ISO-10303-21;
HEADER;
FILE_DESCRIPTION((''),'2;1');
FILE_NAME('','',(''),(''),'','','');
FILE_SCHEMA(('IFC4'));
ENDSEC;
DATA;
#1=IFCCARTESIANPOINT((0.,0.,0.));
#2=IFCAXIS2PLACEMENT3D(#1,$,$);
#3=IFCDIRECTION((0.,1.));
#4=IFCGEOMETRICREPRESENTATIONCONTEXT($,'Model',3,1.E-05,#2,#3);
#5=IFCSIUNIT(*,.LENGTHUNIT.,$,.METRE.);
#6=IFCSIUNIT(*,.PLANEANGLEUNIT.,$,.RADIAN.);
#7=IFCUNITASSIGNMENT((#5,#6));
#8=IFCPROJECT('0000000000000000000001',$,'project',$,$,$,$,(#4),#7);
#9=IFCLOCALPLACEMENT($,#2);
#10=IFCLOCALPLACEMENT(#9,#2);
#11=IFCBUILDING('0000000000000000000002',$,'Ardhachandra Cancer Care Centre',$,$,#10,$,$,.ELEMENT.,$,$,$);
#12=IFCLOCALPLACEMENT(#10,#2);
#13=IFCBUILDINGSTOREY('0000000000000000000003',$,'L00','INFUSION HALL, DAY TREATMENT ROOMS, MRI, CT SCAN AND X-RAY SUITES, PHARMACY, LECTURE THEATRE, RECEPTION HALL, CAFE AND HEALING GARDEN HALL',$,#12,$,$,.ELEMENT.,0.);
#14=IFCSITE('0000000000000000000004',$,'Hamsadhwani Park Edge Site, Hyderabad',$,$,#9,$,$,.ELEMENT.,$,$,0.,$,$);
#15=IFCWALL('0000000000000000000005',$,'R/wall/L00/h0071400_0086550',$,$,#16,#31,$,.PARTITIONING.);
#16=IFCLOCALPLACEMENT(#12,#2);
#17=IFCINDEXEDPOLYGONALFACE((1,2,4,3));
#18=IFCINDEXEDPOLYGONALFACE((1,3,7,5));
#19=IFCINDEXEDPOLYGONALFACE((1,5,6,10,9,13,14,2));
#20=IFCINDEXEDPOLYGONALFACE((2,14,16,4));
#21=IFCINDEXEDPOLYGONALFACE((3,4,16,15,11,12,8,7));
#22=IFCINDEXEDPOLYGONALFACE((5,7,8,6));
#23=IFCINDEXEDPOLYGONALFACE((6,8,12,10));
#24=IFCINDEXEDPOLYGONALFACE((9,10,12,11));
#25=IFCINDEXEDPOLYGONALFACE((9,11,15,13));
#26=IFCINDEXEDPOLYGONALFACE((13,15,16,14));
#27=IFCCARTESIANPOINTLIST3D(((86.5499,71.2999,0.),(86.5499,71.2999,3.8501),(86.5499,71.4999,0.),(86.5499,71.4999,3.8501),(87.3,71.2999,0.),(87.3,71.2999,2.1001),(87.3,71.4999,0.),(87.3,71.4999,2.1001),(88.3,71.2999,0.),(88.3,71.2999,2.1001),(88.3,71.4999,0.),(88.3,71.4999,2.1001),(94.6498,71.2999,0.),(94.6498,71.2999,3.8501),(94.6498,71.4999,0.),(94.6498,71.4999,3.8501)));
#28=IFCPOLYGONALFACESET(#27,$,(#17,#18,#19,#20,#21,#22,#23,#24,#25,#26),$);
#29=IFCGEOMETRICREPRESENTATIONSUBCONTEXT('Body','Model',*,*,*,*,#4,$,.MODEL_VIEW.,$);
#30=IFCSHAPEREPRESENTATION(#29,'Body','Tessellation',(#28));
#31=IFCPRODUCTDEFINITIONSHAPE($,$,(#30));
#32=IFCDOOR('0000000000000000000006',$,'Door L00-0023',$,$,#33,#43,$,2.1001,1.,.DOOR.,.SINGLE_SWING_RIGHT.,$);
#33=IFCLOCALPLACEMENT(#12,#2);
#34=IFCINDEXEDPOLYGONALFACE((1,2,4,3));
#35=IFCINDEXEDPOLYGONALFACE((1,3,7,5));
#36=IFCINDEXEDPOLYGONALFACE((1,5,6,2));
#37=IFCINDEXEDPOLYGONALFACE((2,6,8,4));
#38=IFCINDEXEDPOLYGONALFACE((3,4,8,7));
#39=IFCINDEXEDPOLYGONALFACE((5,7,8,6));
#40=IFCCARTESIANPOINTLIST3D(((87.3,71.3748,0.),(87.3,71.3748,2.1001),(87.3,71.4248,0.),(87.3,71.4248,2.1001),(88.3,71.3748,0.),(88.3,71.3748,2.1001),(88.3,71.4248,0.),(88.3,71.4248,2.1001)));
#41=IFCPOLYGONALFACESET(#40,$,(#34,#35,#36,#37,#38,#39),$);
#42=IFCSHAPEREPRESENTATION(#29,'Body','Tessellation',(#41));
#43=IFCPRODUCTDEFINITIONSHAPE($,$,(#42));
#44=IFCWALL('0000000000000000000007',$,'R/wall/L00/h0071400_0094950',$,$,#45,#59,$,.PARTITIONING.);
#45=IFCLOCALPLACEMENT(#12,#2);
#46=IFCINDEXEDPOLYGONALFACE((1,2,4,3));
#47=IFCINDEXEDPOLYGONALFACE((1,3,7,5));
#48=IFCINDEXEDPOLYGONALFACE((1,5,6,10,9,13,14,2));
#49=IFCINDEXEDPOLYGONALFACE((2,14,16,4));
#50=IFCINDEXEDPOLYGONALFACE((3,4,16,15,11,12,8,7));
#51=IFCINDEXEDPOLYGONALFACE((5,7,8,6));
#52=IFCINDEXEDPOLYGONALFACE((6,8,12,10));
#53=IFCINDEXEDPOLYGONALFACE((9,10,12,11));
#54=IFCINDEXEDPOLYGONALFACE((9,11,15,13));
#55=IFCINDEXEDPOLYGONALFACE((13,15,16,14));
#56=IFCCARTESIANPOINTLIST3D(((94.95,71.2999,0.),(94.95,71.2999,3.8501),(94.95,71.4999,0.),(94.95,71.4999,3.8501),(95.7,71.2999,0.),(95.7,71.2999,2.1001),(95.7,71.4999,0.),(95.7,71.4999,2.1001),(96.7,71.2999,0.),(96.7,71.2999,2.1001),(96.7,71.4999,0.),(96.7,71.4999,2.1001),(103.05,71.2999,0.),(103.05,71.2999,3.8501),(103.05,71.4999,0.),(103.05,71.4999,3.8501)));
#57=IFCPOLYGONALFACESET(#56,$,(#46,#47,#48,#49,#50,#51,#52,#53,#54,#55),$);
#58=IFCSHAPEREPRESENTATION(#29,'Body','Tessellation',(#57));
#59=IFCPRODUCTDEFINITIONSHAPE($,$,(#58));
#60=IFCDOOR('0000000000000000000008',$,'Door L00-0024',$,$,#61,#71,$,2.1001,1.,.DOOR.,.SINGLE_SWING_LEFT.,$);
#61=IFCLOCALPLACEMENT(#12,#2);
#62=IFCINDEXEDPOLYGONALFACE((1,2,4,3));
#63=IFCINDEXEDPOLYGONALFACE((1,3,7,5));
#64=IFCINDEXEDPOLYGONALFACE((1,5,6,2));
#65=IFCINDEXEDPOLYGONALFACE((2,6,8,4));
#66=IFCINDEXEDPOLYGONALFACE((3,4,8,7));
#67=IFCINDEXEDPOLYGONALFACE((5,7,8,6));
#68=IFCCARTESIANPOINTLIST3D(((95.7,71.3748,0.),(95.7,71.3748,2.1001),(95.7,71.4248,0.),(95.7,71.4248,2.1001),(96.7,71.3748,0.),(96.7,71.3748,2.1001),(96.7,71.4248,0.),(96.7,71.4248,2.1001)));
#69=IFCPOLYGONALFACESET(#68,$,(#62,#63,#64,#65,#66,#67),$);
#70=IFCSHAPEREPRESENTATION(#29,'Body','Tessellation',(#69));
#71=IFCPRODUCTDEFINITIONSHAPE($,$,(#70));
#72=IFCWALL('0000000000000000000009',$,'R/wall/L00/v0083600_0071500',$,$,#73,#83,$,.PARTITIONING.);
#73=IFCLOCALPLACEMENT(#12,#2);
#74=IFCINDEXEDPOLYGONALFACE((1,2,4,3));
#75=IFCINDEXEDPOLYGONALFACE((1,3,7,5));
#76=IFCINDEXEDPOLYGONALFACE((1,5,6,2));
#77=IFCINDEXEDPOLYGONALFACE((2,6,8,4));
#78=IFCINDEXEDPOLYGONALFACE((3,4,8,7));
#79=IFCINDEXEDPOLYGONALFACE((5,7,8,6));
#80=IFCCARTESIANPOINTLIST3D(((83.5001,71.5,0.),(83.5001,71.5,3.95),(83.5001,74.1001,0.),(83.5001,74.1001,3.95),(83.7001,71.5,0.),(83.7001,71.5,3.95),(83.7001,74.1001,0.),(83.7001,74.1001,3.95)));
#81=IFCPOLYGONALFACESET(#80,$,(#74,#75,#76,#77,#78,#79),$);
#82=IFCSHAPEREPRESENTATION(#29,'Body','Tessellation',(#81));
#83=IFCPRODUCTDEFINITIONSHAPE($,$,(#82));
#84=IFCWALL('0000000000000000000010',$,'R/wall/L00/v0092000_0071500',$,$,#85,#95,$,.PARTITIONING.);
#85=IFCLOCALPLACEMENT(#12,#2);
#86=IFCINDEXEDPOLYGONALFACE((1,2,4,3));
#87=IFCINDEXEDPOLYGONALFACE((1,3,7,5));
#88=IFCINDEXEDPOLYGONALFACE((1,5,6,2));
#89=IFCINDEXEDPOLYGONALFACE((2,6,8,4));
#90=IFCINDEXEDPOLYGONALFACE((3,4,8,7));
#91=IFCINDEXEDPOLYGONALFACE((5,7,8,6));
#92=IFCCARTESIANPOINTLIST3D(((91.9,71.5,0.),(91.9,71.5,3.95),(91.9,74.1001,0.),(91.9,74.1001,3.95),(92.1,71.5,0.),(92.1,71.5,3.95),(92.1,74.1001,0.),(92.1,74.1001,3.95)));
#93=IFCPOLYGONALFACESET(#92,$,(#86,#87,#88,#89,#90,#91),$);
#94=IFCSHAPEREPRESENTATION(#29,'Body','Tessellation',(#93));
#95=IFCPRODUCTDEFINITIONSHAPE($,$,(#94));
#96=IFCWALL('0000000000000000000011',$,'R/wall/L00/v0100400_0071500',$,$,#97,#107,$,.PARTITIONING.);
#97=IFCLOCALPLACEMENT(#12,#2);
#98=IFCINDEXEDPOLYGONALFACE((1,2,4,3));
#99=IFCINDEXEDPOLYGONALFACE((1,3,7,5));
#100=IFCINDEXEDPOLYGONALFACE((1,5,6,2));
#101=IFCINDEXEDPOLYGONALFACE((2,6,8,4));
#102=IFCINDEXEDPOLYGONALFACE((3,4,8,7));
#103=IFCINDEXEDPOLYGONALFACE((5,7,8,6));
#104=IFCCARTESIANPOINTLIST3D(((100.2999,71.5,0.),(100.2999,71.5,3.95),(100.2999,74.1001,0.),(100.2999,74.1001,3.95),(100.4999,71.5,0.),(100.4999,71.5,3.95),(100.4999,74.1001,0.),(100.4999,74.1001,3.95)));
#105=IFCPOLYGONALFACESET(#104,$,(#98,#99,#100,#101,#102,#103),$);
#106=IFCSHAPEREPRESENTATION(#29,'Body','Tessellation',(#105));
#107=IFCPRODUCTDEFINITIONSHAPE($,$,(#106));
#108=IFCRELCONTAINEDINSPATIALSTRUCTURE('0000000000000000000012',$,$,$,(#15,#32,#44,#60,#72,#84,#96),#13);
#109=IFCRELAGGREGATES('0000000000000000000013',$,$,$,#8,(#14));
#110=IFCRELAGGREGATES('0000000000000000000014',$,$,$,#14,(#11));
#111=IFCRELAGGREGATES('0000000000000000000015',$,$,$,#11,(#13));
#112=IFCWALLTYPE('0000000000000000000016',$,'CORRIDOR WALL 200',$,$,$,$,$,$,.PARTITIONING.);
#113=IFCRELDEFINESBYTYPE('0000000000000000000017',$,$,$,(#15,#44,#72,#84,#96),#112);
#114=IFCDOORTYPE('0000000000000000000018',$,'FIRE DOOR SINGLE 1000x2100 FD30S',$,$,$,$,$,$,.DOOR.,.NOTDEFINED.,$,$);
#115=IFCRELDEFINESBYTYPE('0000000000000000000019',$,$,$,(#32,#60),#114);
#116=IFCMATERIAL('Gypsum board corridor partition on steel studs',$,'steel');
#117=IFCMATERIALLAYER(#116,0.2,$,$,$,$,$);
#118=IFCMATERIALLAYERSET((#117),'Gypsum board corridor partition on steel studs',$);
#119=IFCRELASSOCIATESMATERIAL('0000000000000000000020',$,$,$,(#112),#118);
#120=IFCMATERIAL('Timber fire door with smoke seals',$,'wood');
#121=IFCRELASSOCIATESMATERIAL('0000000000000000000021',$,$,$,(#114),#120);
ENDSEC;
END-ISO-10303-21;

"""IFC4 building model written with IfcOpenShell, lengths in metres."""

from ifc_helpers import new_model, si_unit, direction, frame, frame_2d, origin, place, context, subcontext, project, spatial, rectangle, extrude, material, layer, layer_set, type_object, element, fill, save


model = new_model("IFC4")

# Units and contexts
model_context = context("Model", 3, precision=1e-05, world=origin(), true_north=direction((0.0, 1.0)))
body_context = subcontext(model_context, "Body", "Model", "MODEL_VIEW")
ifc_project = project(units=[si_unit("LENGTHUNIT", "METRE"), si_unit("PLANEANGLEUNIT", "RADIAN")], contexts=[model_context])

# Site, building, storey
site_placement = place(None, origin())
site = spatial("IfcSite", under=ifc_project, at=site_placement, Name="Hamsadhwani Park Edge Site, Hyderabad", CompositionType="ELEMENT", RefElevation=0.0)
building_placement = place(site_placement, origin())
building = spatial("IfcBuilding", under=site, at=building_placement, Name="Ardhachandra Cancer Care Centre", CompositionType="ELEMENT")
storey_placement = place(building_placement, origin())
storey = spatial("IfcBuildingStorey", under=building, at=storey_placement, Name="L00", Description="INFUSION HALL, DAY TREATMENT ROOMS, MRI, CT SCAN AND X-RAY SUITES, PHARMACY, LECTURE THEATRE, RECEPTION HALL, CAFE AND HEALING GARDEN HALL", CompositionType="ELEMENT", Elevation=0.0)

# Walls, openings, doors
ifc_material_1 = material(Name="Gypsum board corridor partition on steel studs", Category="steel")
ifc_layer = layer(ifc_material_1, 0.2)
ifc_layer_set = layer_set([ifc_layer], Name="Gypsum board corridor partition on steel studs")
wall_type = type_object("IfcWallType", Name="CORRIDOR WALL 200", PredefinedType="PARTITIONING", material=ifc_layer_set)
wall_1_placement = place(storey_placement, frame((86.55, 71.3999, 0.0), z_axis=(0.0, 0.0, 1.0), x_axis=(1.0, 0.0, 0.0)))
wall_1 = element("IfcWall", 1, at=wall_1_placement, inside=storey, type_object=wall_type, Name="R/wall/L00/h0071400_0086550", PredefinedType="PARTITIONING", context=body_context, shape_type="SweptSolid", body=[
    extrude(rectangle(XDim=8.0999, YDim=0.2, at=frame_2d((4.0498, 0.0))), origin(), (0.0, 0.0, 1.0), 3.8501),
])
opening_1_placement = place(wall_1_placement, frame((0.75, 0.0, 0.0)))
opening_1 = element("IfcOpeningElement", 2, at=opening_1_placement, cuts=wall_1, PredefinedType="OPENING", context=body_context, shape_type="SweptSolid", body=[
    extrude(rectangle(XDim=1.0, YDim=2.1001, at=frame_2d((0.5, 1.05))), frame((0.0, 0.1099, 0.0), z_axis=(0.0, -1.0, 0.0), x_axis=(1.0, 0.0, 0.0)), (0.0, 0.0, 1.0), 0.22),
])
ifc_material_2 = material(Name="Timber fire door with smoke seals", Category="wood")
door_type = type_object("IfcDoorType", Name="FIRE DOOR SINGLE 1000x2100 FD30S", OperationType="NOTDEFINED", PredefinedType="DOOR", material=ifc_material_2)
door_1_placement = place(opening_1_placement, origin())
door_1 = element("IfcDoor", 3, at=door_1_placement, inside=storey, type_object=door_type, Name="Door L00-0023", OperationType="SINGLE_SWING_RIGHT", OverallHeight=2.1001, OverallWidth=1.0, PredefinedType="DOOR", context=body_context, shape_type="SweptSolid", body=[
    extrude(rectangle(XDim=1.0, YDim=2.1001, at=frame_2d((0.5, 1.05))), frame((0.0, 0.0249, 0.0), z_axis=(0.0, -1.0, 0.0), x_axis=(1.0, 0.0, 0.0)), (0.0, 0.0, 1.0), 0.05),
])
fill(opening_1, door_1)
wall_2_placement = place(storey_placement, frame((94.95, 71.3999, 0.0), z_axis=(0.0, 0.0, 1.0), x_axis=(1.0, 0.0, 0.0)))
wall_2 = element("IfcWall", 4, at=wall_2_placement, inside=storey, type_object=wall_type, Name="R/wall/L00/h0071400_0094950", PredefinedType="PARTITIONING", context=body_context, shape_type="SweptSolid", body=[
    extrude(rectangle(XDim=8.1001, YDim=0.2, at=frame_2d((4.05, 0.0))), origin(), (0.0, 0.0, 1.0), 3.8501),
])
opening_2_placement = place(wall_2_placement, frame((0.75, 0.0, 0.0)))
opening_2 = element("IfcOpeningElement", 5, at=opening_2_placement, cuts=wall_2, PredefinedType="OPENING", context=body_context, shape_type="SweptSolid", body=[
    extrude(rectangle(XDim=1.0, YDim=2.1001, at=frame_2d((0.5, 1.05))), frame((0.0, 0.1099, 0.0), z_axis=(0.0, -1.0, 0.0), x_axis=(1.0, 0.0, 0.0)), (0.0, 0.0, 1.0), 0.22),
])
door_2_placement = place(opening_2_placement, origin())
door_2 = element("IfcDoor", 6, at=door_2_placement, inside=storey, type_object=door_type, Name="Door L00-0024", OperationType="SINGLE_SWING_LEFT", OverallHeight=2.1001, OverallWidth=1.0, PredefinedType="DOOR", context=body_context, shape_type="SweptSolid", body=[
    extrude(rectangle(XDim=1.0, YDim=2.1001, at=frame_2d((0.5, 1.05))), frame((0.0, 0.0249, 0.0), z_axis=(0.0, -1.0, 0.0), x_axis=(1.0, 0.0, 0.0)), (0.0, 0.0, 1.0), 0.05),
])
fill(opening_2, door_2)

# Walls
for number, where, z_axis, x_axis, name in (
    (7, (83.6001, 71.5, 0.0), (0.0, 0.0, 1.0), (0.0, 1.0, 0.0), "R/wall/L00/v0083600_0071500"),
    (8, (92.0, 71.5, 0.0), (0.0, 0.0, 1.0), (0.0, 1.0, 0.0), "R/wall/L00/v0092000_0071500"),
    (9, (100.3999, 71.5, 0.0), (0.0, 0.0, 1.0), (0.0, 1.0, 0.0), "R/wall/L00/v0100400_0071500"),
):
    element("IfcWall", number, at=place(storey_placement, frame(where, z_axis=z_axis, x_axis=x_axis)), inside=storey, type_object=wall_type, Name=name, PredefinedType="PARTITIONING", context=body_context, shape_type="SweptSolid", body=[
        extrude(rectangle(XDim=2.6001, YDim=0.2, at=frame_2d((1.3, 0.0))), origin(), (0.0, 0.0, 1.0), 3.95),
    ])

save(model, "model.ifc")
